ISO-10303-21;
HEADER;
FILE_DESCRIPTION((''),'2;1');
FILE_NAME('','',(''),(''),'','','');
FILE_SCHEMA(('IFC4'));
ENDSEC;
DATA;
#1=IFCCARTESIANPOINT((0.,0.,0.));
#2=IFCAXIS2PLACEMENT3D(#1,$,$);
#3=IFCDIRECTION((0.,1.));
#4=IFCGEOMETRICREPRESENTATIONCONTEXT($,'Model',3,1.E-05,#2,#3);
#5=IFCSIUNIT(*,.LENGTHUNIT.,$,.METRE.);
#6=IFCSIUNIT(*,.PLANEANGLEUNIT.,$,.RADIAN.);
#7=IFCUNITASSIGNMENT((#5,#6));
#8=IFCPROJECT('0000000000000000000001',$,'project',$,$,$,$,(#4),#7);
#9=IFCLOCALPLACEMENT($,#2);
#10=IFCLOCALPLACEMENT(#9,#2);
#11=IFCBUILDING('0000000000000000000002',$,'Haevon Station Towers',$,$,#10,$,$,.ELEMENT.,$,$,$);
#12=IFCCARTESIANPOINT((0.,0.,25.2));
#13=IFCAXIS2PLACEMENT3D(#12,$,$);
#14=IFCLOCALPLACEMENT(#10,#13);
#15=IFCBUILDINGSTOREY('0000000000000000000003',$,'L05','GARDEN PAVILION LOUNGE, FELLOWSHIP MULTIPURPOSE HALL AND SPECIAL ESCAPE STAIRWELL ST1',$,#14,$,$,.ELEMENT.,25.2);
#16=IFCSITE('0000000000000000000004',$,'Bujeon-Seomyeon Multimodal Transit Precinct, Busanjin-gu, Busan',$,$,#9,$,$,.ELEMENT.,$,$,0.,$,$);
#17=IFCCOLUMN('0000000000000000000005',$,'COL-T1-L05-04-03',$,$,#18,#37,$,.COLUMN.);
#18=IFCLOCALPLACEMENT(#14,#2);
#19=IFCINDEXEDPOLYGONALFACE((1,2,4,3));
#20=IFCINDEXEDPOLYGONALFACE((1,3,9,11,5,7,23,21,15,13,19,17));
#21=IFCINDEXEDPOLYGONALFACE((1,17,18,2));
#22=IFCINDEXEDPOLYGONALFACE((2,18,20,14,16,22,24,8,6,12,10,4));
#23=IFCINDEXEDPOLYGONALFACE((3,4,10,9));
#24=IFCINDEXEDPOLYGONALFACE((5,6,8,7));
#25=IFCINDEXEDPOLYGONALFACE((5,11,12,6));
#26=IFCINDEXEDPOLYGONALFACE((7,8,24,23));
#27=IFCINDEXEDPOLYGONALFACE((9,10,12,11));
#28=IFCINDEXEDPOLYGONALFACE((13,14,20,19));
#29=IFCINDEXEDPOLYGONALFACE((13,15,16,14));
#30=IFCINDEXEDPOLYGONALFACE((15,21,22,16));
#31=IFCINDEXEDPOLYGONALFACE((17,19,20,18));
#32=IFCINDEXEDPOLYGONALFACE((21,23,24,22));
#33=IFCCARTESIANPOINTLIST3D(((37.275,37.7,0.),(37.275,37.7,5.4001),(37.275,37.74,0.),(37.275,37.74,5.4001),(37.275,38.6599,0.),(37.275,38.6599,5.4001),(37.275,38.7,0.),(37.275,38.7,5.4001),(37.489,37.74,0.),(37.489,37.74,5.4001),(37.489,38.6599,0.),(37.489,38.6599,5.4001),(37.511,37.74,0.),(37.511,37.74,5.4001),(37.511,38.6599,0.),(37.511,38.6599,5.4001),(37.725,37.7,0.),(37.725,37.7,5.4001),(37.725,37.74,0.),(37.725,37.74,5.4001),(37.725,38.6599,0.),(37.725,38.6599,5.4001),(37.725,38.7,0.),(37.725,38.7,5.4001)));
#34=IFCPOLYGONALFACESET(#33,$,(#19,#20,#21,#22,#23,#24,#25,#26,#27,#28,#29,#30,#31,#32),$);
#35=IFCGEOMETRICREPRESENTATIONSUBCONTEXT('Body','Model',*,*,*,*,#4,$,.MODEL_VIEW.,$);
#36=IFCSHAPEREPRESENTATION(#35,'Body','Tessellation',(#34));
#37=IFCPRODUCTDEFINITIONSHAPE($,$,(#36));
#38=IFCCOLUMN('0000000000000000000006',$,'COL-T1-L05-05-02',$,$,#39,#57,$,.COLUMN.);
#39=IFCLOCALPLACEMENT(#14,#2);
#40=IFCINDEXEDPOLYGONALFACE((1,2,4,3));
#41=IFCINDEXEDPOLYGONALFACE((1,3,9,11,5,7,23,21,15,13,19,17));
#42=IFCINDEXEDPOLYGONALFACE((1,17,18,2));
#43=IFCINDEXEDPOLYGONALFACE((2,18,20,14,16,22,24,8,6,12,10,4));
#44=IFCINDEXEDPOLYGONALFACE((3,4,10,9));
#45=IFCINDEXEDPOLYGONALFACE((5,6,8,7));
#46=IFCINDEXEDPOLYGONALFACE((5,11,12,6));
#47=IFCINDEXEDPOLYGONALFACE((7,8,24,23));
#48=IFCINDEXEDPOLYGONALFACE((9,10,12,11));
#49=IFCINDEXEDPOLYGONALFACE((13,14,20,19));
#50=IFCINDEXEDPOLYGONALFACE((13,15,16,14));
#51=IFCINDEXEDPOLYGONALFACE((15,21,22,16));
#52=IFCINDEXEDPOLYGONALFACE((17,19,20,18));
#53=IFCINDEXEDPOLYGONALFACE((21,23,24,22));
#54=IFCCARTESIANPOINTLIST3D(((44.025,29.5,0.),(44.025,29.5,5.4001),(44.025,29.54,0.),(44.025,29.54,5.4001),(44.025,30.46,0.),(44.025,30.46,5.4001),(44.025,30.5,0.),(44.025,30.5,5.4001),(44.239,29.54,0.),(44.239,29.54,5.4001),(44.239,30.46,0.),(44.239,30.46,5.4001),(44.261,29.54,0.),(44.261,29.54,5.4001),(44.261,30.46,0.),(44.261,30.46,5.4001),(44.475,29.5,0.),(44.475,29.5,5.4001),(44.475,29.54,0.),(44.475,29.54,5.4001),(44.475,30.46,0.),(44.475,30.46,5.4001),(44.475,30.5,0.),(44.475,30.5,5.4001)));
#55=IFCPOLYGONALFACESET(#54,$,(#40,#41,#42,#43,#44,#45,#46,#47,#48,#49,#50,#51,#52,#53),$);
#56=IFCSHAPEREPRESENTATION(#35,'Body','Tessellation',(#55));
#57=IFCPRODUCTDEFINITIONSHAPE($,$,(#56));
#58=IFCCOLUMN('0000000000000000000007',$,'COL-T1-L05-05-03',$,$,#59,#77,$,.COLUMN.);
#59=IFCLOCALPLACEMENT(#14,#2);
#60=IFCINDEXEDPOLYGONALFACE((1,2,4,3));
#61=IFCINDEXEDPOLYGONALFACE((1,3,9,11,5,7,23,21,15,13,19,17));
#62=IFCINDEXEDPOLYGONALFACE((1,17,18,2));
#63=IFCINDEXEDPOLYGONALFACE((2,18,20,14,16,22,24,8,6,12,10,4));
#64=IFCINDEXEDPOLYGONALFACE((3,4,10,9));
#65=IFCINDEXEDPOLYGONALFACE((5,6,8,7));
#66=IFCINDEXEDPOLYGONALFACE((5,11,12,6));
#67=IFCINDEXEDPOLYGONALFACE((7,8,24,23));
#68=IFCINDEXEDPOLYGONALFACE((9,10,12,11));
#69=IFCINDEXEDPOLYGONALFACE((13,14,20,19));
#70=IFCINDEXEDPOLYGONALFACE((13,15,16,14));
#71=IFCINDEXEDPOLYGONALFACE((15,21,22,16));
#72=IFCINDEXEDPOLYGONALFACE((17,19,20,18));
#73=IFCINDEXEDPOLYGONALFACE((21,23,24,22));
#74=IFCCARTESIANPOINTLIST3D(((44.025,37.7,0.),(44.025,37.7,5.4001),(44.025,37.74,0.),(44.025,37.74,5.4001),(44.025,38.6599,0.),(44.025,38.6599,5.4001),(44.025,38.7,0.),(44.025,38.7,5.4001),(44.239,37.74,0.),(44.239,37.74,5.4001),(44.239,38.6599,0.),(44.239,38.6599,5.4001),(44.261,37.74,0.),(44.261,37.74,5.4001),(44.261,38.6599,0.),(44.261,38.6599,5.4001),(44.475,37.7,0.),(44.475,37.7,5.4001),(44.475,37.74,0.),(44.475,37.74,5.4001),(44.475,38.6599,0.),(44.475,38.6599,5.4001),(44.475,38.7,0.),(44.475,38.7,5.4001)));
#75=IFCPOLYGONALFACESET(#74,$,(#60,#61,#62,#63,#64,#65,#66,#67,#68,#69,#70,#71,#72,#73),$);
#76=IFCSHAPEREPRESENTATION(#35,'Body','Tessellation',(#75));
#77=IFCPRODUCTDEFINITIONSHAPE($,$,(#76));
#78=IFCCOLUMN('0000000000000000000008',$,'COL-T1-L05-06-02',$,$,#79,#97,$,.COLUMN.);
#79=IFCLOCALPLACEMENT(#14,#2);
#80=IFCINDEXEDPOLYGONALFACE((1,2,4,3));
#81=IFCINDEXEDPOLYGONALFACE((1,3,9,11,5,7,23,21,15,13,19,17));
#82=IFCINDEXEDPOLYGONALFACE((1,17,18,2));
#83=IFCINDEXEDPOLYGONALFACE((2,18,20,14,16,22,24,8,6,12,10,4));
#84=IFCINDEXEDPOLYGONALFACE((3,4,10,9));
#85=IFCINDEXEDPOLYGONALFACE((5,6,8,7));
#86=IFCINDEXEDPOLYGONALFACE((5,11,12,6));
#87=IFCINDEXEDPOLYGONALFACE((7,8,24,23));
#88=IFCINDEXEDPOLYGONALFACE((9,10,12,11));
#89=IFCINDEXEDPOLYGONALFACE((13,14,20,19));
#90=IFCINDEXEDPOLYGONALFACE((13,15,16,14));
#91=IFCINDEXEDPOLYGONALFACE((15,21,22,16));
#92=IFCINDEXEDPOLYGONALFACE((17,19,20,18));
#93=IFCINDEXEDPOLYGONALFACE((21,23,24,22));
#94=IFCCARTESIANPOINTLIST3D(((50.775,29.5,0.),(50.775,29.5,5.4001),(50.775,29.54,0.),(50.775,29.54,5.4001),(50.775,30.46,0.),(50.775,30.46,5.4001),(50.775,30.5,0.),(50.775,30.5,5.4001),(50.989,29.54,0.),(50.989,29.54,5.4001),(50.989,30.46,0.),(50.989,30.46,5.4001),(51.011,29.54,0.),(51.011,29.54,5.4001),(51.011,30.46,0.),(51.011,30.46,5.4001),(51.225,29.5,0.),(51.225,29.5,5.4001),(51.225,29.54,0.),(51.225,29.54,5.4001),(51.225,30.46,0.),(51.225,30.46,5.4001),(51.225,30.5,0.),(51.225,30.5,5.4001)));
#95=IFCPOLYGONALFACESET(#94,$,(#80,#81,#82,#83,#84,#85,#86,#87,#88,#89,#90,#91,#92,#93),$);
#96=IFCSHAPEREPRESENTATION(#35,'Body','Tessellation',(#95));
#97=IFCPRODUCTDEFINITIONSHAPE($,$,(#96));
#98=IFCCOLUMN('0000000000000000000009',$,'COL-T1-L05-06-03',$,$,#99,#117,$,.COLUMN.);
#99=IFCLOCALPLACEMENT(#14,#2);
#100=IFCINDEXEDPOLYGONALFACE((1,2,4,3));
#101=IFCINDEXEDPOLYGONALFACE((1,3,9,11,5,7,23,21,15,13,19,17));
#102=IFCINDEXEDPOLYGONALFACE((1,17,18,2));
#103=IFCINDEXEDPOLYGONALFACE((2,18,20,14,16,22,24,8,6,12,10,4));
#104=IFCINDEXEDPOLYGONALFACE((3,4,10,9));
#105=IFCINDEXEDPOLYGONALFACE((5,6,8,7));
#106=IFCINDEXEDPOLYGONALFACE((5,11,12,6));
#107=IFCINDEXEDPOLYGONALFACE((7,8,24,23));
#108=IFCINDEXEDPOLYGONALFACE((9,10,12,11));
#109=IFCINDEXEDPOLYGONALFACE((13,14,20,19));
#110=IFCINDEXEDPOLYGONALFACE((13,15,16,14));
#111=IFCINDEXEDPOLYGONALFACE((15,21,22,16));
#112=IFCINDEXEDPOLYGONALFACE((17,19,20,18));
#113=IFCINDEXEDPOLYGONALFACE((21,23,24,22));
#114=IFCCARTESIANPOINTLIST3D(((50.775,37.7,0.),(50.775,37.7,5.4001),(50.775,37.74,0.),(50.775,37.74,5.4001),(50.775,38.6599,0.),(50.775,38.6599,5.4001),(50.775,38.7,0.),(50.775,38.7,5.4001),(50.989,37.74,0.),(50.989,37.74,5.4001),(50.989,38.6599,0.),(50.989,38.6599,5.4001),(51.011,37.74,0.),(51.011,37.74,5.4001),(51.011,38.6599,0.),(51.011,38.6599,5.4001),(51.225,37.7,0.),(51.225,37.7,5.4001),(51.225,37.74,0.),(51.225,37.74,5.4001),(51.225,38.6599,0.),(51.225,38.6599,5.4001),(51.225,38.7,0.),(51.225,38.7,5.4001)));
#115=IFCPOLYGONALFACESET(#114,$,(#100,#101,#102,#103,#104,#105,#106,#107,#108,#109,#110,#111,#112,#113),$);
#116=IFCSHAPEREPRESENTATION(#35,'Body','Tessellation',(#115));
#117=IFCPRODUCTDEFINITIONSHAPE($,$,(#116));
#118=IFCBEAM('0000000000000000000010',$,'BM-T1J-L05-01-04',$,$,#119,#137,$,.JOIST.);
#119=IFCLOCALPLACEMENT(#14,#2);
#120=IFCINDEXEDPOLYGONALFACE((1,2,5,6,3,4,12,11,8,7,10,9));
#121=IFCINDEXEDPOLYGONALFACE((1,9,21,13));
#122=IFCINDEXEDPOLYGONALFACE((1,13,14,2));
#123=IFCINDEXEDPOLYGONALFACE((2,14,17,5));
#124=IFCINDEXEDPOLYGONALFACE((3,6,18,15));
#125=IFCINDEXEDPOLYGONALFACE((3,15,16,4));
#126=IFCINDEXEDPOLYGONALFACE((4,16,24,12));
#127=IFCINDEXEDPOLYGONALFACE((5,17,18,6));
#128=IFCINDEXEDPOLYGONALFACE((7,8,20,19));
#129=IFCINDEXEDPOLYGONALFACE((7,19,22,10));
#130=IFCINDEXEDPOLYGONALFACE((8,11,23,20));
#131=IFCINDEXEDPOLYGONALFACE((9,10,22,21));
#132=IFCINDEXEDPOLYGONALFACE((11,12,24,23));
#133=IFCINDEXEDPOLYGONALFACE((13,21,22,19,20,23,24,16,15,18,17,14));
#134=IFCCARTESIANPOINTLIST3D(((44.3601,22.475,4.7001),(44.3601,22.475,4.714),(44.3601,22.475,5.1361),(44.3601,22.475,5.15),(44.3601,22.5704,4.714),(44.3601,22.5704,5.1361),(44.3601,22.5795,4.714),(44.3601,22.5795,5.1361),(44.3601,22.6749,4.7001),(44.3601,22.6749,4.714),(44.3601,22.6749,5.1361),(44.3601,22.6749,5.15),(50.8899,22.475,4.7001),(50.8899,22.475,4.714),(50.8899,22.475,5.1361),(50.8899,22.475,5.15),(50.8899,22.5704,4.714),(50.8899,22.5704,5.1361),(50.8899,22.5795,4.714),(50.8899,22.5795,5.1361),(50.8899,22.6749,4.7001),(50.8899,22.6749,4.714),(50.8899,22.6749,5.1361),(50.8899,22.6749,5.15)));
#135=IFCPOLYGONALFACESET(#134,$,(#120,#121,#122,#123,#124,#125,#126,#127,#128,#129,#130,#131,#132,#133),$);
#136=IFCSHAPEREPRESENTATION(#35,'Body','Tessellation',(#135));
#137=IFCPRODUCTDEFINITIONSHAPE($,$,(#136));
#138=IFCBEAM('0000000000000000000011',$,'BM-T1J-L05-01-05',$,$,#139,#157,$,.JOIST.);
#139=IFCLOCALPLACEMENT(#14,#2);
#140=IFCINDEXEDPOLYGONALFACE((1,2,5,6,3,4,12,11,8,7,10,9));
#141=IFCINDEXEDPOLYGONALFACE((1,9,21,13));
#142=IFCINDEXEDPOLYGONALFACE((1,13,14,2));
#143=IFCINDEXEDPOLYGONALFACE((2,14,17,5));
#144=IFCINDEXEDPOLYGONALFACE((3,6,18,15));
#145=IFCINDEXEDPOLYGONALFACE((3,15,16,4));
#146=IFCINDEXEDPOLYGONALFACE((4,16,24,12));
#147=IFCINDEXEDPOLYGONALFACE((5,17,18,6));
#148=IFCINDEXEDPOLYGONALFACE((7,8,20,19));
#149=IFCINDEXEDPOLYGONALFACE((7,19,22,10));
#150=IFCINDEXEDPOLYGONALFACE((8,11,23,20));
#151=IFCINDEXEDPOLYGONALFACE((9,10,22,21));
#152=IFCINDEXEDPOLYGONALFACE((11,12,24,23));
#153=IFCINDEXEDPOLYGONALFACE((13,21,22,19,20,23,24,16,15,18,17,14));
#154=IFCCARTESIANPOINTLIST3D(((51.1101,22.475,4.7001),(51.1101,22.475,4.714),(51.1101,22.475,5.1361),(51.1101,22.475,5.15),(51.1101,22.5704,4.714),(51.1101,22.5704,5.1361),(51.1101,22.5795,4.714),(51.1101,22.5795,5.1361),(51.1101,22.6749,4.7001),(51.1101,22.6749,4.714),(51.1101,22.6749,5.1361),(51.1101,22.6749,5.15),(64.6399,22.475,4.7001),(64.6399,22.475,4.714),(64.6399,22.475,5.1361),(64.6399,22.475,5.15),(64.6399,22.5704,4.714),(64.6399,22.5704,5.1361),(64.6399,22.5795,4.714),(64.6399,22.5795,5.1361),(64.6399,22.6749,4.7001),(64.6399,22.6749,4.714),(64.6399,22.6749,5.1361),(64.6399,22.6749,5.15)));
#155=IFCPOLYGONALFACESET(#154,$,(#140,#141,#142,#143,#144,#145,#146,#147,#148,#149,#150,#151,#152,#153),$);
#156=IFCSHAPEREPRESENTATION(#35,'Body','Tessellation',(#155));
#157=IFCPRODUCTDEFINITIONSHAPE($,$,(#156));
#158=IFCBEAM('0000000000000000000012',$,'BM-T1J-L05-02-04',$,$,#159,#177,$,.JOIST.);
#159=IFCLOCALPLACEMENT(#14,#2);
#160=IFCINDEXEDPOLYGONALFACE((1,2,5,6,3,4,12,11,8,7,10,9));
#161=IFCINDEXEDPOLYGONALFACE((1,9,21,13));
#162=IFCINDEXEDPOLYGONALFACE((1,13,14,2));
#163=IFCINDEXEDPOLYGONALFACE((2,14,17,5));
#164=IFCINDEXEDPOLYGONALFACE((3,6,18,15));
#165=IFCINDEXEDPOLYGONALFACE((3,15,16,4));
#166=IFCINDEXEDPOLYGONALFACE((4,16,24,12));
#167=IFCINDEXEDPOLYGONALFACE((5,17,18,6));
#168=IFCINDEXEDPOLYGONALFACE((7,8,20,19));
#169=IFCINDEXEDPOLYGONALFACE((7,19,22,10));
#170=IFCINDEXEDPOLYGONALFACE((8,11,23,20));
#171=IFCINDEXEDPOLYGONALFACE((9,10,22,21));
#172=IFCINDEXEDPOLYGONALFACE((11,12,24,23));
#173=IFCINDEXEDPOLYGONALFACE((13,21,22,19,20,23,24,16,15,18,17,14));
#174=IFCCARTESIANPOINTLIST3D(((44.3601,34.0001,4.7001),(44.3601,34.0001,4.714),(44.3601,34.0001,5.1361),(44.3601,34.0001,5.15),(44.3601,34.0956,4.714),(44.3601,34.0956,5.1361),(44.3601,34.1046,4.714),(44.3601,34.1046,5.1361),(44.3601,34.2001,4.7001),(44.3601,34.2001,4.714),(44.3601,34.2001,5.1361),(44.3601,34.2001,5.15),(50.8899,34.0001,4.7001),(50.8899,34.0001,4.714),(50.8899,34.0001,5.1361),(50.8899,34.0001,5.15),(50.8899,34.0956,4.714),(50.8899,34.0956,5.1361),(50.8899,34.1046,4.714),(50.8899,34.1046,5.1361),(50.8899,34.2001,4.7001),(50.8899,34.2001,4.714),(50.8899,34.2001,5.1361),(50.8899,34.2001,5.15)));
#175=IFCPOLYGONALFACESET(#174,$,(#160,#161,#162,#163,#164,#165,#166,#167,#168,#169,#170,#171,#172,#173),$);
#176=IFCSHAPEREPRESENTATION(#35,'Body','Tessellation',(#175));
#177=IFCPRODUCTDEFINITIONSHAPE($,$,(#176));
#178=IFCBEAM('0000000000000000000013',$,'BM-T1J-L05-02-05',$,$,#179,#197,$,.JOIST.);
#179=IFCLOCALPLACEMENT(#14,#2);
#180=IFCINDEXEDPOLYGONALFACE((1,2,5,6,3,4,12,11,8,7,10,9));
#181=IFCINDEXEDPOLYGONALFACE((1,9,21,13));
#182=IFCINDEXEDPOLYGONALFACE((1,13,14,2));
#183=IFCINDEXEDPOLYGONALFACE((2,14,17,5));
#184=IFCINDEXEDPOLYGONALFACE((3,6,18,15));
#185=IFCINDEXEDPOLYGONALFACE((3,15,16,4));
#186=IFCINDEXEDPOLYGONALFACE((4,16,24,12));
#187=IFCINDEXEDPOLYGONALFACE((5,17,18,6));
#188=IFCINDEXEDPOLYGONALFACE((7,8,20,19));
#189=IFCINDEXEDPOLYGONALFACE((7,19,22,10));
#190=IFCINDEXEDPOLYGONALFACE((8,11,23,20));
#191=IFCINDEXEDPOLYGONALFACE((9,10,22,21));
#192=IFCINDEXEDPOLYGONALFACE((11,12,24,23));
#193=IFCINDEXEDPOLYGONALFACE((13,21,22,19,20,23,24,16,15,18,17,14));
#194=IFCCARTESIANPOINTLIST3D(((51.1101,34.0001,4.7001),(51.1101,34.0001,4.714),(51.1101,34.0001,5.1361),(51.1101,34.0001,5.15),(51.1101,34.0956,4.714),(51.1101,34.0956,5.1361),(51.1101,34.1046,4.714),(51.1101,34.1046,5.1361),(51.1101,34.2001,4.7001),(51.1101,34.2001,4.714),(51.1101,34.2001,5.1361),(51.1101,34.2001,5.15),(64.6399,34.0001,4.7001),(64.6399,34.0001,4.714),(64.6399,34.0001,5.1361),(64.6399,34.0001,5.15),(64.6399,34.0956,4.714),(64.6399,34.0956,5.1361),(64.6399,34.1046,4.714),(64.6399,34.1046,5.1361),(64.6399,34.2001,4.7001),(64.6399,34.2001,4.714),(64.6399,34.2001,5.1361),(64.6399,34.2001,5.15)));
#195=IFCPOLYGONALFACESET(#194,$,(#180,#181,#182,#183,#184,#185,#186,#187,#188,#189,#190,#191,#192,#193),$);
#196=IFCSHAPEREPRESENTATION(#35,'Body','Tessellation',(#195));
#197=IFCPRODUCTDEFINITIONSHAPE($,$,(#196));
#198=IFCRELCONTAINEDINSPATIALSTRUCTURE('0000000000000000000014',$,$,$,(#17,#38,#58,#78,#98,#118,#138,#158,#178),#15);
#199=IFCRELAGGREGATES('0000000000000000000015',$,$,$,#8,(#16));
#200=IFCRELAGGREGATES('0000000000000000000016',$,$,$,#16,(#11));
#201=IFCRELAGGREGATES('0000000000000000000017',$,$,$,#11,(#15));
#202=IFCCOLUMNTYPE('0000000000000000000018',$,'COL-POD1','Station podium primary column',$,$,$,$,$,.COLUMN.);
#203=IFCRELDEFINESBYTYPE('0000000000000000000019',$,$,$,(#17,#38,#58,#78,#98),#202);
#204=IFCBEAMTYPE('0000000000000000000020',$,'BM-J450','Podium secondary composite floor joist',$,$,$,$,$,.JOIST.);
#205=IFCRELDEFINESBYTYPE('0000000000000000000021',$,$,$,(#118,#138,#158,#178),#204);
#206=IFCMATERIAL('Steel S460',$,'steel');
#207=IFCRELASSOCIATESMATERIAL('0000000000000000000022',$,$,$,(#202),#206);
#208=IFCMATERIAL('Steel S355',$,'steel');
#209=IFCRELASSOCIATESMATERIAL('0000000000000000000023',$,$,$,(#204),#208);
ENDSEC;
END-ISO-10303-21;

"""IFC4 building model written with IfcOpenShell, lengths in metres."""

from ifc_helpers import new_model, si_unit, direction, frame, origin, origin_2d, place, context, subcontext, project, spatial, i_section, extrude, material, material_profile, profile_set, type_object, element, save


model = new_model("IFC4")

# Units and contexts
model_context = context("Model", 3, precision=1e-05, world=origin(), true_north=direction((0.0, 1.0)))
body_context = subcontext(model_context, "Body", "Model", "MODEL_VIEW")
ifc_project = project(units=[si_unit("LENGTHUNIT", "METRE"), si_unit("PLANEANGLEUNIT", "RADIAN")], contexts=[model_context])

# Site, building, storey
site_placement = place(None, origin())
site = spatial("IfcSite", under=ifc_project, at=site_placement, Name="Bujeon-Seomyeon Multimodal Transit Precinct, Busanjin-gu, Busan", CompositionType="ELEMENT", RefElevation=0.0)
building_placement = place(site_placement, origin())
building = spatial("IfcBuilding", under=site, at=building_placement, Name="Haevon Station Towers", CompositionType="ELEMENT")
storey_placement = place(building_placement, frame((0.0, 0.0, 25.2)))
storey = spatial("IfcBuildingStorey", under=building, at=storey_placement, Name="L05", Description="GARDEN PAVILION LOUNGE, FELLOWSHIP MULTIPURPOSE HALL AND SPECIAL ESCAPE STAIRWELL ST1", CompositionType="ELEMENT", Elevation=25.2)

# Columns
ifc_material_1 = material(Name="Steel S460", Category="steel")
ifc_material_profile_1 = material_profile(ifc_material_1, i_section(OverallWidth=0.45, OverallDepth=1.0, WebThickness=0.022, FlangeThickness=0.04, at=origin_2d()), Name="H-1000x450x22x40")
ifc_profile_set_1 = profile_set([ifc_material_profile_1], Name="Steel S460")
column_type = type_object("IfcColumnType", Name="COL-POD1", Description="Station podium primary column", PredefinedType="COLUMN", material=ifc_profile_set_1)
for number, where, z_axis, x_axis, name in (
    (1, (37.5, 38.2, 0.0), (0.0, 0.0, 1.0), (1.0, 0.0, 0.0), "COL-T1-L05-04-03"),
    (2, (44.25, 30.0, 0.0), (0.0, 0.0, 1.0), (1.0, 0.0, 0.0), "COL-T1-L05-05-02"),
    (3, (44.25, 38.2, 0.0), (0.0, 0.0, 1.0), (1.0, 0.0, 0.0), "COL-T1-L05-05-03"),
    (4, (51.0, 30.0, 0.0), (0.0, 0.0, 1.0), (1.0, 0.0, 0.0), "COL-T1-L05-06-02"),
    (5, (51.0, 38.2, 0.0), (0.0, 0.0, 1.0), (1.0, 0.0, 0.0), "COL-T1-L05-06-03"),
):
    element("IfcColumn", number, at=place(storey_placement, frame(where, z_axis=z_axis, x_axis=x_axis)), inside=storey, type_object=column_type, Name=name, PredefinedType="COLUMN", context=body_context, shape_type="SweptSolid", body=[
        extrude(i_section(OverallWidth=0.45, OverallDepth=1.0, WebThickness=0.022, FlangeThickness=0.04, at=origin_2d()), origin(), (0.0, 0.0, 1.0), 5.4001),
    ])

# Beams
ifc_material_2 = material(Name="Steel S355", Category="steel")
ifc_material_profile_2 = material_profile(ifc_material_2, i_section(OverallWidth=0.2, OverallDepth=0.45, WebThickness=0.009, FlangeThickness=0.0139, at=origin_2d()), Name="H-450x200x9x14")
ifc_profile_set_2 = profile_set([ifc_material_profile_2], Name="Steel S355")
beam_type_1 = type_object("IfcBeamType", Name="BM-J450", Description="Podium secondary composite floor joist", PredefinedType="JOIST", material=ifc_profile_set_2)
beam_1_placement = place(storey_placement, frame((44.3601, 22.575, 4.925), z_axis=(1.0, 0.0, 0.0), x_axis=(0.0, 1.0, 0.0)))
element("IfcBeam", 6, at=beam_1_placement, inside=storey, type_object=beam_type_1, Name="BM-T1J-L05-01-04", PredefinedType="JOIST", context=body_context, shape_type="SweptSolid", body=[
    extrude(i_section(OverallWidth=0.2, OverallDepth=0.45, WebThickness=0.009, FlangeThickness=0.0139, at=origin_2d()), origin(), (0.0, 0.0, 1.0), 6.5298),
])
beam_2_placement = place(storey_placement, frame((51.1101, 22.575, 4.925), z_axis=(1.0, 0.0, 0.0), x_axis=(0.0, 1.0, 0.0)))
element("IfcBeam", 7, at=beam_2_placement, inside=storey, type_object=beam_type_1, Name="BM-T1J-L05-01-05", PredefinedType="JOIST", context=body_context, shape_type="SweptSolid", body=[
    extrude(i_section(OverallWidth=0.2, OverallDepth=0.45, WebThickness=0.009, FlangeThickness=0.0139, at=origin_2d()), origin(), (0.0, 0.0, 1.0), 13.5298),
])
beam_3_placement = place(storey_placement, frame((44.3601, 34.1001, 4.925), z_axis=(1.0, 0.0, 0.0), x_axis=(0.0, 1.0, 0.0)))
element("IfcBeam", 8, at=beam_3_placement, inside=storey, type_object=beam_type_1, Name="BM-T1J-L05-02-04", PredefinedType="JOIST", context=body_context, shape_type="SweptSolid", body=[
    extrude(i_section(OverallWidth=0.2, OverallDepth=0.45, WebThickness=0.009, FlangeThickness=0.0139, at=origin_2d()), origin(), (0.0, 0.0, 1.0), 6.5298),
])
beam_4_placement = place(storey_placement, frame((51.1101, 34.1001, 4.925), z_axis=(1.0, 0.0, 0.0), x_axis=(0.0, 1.0, 0.0)))
element("IfcBeam", 9, at=beam_4_placement, inside=storey, type_object=beam_type_1, Name="BM-T1J-L05-02-05", PredefinedType="JOIST", context=body_context, shape_type="SweptSolid", body=[
    extrude(i_section(OverallWidth=0.2, OverallDepth=0.45, WebThickness=0.009, FlangeThickness=0.0139, at=origin_2d()), origin(), (0.0, 0.0, 1.0), 13.5298),
])

save(model, "model.ifc")
